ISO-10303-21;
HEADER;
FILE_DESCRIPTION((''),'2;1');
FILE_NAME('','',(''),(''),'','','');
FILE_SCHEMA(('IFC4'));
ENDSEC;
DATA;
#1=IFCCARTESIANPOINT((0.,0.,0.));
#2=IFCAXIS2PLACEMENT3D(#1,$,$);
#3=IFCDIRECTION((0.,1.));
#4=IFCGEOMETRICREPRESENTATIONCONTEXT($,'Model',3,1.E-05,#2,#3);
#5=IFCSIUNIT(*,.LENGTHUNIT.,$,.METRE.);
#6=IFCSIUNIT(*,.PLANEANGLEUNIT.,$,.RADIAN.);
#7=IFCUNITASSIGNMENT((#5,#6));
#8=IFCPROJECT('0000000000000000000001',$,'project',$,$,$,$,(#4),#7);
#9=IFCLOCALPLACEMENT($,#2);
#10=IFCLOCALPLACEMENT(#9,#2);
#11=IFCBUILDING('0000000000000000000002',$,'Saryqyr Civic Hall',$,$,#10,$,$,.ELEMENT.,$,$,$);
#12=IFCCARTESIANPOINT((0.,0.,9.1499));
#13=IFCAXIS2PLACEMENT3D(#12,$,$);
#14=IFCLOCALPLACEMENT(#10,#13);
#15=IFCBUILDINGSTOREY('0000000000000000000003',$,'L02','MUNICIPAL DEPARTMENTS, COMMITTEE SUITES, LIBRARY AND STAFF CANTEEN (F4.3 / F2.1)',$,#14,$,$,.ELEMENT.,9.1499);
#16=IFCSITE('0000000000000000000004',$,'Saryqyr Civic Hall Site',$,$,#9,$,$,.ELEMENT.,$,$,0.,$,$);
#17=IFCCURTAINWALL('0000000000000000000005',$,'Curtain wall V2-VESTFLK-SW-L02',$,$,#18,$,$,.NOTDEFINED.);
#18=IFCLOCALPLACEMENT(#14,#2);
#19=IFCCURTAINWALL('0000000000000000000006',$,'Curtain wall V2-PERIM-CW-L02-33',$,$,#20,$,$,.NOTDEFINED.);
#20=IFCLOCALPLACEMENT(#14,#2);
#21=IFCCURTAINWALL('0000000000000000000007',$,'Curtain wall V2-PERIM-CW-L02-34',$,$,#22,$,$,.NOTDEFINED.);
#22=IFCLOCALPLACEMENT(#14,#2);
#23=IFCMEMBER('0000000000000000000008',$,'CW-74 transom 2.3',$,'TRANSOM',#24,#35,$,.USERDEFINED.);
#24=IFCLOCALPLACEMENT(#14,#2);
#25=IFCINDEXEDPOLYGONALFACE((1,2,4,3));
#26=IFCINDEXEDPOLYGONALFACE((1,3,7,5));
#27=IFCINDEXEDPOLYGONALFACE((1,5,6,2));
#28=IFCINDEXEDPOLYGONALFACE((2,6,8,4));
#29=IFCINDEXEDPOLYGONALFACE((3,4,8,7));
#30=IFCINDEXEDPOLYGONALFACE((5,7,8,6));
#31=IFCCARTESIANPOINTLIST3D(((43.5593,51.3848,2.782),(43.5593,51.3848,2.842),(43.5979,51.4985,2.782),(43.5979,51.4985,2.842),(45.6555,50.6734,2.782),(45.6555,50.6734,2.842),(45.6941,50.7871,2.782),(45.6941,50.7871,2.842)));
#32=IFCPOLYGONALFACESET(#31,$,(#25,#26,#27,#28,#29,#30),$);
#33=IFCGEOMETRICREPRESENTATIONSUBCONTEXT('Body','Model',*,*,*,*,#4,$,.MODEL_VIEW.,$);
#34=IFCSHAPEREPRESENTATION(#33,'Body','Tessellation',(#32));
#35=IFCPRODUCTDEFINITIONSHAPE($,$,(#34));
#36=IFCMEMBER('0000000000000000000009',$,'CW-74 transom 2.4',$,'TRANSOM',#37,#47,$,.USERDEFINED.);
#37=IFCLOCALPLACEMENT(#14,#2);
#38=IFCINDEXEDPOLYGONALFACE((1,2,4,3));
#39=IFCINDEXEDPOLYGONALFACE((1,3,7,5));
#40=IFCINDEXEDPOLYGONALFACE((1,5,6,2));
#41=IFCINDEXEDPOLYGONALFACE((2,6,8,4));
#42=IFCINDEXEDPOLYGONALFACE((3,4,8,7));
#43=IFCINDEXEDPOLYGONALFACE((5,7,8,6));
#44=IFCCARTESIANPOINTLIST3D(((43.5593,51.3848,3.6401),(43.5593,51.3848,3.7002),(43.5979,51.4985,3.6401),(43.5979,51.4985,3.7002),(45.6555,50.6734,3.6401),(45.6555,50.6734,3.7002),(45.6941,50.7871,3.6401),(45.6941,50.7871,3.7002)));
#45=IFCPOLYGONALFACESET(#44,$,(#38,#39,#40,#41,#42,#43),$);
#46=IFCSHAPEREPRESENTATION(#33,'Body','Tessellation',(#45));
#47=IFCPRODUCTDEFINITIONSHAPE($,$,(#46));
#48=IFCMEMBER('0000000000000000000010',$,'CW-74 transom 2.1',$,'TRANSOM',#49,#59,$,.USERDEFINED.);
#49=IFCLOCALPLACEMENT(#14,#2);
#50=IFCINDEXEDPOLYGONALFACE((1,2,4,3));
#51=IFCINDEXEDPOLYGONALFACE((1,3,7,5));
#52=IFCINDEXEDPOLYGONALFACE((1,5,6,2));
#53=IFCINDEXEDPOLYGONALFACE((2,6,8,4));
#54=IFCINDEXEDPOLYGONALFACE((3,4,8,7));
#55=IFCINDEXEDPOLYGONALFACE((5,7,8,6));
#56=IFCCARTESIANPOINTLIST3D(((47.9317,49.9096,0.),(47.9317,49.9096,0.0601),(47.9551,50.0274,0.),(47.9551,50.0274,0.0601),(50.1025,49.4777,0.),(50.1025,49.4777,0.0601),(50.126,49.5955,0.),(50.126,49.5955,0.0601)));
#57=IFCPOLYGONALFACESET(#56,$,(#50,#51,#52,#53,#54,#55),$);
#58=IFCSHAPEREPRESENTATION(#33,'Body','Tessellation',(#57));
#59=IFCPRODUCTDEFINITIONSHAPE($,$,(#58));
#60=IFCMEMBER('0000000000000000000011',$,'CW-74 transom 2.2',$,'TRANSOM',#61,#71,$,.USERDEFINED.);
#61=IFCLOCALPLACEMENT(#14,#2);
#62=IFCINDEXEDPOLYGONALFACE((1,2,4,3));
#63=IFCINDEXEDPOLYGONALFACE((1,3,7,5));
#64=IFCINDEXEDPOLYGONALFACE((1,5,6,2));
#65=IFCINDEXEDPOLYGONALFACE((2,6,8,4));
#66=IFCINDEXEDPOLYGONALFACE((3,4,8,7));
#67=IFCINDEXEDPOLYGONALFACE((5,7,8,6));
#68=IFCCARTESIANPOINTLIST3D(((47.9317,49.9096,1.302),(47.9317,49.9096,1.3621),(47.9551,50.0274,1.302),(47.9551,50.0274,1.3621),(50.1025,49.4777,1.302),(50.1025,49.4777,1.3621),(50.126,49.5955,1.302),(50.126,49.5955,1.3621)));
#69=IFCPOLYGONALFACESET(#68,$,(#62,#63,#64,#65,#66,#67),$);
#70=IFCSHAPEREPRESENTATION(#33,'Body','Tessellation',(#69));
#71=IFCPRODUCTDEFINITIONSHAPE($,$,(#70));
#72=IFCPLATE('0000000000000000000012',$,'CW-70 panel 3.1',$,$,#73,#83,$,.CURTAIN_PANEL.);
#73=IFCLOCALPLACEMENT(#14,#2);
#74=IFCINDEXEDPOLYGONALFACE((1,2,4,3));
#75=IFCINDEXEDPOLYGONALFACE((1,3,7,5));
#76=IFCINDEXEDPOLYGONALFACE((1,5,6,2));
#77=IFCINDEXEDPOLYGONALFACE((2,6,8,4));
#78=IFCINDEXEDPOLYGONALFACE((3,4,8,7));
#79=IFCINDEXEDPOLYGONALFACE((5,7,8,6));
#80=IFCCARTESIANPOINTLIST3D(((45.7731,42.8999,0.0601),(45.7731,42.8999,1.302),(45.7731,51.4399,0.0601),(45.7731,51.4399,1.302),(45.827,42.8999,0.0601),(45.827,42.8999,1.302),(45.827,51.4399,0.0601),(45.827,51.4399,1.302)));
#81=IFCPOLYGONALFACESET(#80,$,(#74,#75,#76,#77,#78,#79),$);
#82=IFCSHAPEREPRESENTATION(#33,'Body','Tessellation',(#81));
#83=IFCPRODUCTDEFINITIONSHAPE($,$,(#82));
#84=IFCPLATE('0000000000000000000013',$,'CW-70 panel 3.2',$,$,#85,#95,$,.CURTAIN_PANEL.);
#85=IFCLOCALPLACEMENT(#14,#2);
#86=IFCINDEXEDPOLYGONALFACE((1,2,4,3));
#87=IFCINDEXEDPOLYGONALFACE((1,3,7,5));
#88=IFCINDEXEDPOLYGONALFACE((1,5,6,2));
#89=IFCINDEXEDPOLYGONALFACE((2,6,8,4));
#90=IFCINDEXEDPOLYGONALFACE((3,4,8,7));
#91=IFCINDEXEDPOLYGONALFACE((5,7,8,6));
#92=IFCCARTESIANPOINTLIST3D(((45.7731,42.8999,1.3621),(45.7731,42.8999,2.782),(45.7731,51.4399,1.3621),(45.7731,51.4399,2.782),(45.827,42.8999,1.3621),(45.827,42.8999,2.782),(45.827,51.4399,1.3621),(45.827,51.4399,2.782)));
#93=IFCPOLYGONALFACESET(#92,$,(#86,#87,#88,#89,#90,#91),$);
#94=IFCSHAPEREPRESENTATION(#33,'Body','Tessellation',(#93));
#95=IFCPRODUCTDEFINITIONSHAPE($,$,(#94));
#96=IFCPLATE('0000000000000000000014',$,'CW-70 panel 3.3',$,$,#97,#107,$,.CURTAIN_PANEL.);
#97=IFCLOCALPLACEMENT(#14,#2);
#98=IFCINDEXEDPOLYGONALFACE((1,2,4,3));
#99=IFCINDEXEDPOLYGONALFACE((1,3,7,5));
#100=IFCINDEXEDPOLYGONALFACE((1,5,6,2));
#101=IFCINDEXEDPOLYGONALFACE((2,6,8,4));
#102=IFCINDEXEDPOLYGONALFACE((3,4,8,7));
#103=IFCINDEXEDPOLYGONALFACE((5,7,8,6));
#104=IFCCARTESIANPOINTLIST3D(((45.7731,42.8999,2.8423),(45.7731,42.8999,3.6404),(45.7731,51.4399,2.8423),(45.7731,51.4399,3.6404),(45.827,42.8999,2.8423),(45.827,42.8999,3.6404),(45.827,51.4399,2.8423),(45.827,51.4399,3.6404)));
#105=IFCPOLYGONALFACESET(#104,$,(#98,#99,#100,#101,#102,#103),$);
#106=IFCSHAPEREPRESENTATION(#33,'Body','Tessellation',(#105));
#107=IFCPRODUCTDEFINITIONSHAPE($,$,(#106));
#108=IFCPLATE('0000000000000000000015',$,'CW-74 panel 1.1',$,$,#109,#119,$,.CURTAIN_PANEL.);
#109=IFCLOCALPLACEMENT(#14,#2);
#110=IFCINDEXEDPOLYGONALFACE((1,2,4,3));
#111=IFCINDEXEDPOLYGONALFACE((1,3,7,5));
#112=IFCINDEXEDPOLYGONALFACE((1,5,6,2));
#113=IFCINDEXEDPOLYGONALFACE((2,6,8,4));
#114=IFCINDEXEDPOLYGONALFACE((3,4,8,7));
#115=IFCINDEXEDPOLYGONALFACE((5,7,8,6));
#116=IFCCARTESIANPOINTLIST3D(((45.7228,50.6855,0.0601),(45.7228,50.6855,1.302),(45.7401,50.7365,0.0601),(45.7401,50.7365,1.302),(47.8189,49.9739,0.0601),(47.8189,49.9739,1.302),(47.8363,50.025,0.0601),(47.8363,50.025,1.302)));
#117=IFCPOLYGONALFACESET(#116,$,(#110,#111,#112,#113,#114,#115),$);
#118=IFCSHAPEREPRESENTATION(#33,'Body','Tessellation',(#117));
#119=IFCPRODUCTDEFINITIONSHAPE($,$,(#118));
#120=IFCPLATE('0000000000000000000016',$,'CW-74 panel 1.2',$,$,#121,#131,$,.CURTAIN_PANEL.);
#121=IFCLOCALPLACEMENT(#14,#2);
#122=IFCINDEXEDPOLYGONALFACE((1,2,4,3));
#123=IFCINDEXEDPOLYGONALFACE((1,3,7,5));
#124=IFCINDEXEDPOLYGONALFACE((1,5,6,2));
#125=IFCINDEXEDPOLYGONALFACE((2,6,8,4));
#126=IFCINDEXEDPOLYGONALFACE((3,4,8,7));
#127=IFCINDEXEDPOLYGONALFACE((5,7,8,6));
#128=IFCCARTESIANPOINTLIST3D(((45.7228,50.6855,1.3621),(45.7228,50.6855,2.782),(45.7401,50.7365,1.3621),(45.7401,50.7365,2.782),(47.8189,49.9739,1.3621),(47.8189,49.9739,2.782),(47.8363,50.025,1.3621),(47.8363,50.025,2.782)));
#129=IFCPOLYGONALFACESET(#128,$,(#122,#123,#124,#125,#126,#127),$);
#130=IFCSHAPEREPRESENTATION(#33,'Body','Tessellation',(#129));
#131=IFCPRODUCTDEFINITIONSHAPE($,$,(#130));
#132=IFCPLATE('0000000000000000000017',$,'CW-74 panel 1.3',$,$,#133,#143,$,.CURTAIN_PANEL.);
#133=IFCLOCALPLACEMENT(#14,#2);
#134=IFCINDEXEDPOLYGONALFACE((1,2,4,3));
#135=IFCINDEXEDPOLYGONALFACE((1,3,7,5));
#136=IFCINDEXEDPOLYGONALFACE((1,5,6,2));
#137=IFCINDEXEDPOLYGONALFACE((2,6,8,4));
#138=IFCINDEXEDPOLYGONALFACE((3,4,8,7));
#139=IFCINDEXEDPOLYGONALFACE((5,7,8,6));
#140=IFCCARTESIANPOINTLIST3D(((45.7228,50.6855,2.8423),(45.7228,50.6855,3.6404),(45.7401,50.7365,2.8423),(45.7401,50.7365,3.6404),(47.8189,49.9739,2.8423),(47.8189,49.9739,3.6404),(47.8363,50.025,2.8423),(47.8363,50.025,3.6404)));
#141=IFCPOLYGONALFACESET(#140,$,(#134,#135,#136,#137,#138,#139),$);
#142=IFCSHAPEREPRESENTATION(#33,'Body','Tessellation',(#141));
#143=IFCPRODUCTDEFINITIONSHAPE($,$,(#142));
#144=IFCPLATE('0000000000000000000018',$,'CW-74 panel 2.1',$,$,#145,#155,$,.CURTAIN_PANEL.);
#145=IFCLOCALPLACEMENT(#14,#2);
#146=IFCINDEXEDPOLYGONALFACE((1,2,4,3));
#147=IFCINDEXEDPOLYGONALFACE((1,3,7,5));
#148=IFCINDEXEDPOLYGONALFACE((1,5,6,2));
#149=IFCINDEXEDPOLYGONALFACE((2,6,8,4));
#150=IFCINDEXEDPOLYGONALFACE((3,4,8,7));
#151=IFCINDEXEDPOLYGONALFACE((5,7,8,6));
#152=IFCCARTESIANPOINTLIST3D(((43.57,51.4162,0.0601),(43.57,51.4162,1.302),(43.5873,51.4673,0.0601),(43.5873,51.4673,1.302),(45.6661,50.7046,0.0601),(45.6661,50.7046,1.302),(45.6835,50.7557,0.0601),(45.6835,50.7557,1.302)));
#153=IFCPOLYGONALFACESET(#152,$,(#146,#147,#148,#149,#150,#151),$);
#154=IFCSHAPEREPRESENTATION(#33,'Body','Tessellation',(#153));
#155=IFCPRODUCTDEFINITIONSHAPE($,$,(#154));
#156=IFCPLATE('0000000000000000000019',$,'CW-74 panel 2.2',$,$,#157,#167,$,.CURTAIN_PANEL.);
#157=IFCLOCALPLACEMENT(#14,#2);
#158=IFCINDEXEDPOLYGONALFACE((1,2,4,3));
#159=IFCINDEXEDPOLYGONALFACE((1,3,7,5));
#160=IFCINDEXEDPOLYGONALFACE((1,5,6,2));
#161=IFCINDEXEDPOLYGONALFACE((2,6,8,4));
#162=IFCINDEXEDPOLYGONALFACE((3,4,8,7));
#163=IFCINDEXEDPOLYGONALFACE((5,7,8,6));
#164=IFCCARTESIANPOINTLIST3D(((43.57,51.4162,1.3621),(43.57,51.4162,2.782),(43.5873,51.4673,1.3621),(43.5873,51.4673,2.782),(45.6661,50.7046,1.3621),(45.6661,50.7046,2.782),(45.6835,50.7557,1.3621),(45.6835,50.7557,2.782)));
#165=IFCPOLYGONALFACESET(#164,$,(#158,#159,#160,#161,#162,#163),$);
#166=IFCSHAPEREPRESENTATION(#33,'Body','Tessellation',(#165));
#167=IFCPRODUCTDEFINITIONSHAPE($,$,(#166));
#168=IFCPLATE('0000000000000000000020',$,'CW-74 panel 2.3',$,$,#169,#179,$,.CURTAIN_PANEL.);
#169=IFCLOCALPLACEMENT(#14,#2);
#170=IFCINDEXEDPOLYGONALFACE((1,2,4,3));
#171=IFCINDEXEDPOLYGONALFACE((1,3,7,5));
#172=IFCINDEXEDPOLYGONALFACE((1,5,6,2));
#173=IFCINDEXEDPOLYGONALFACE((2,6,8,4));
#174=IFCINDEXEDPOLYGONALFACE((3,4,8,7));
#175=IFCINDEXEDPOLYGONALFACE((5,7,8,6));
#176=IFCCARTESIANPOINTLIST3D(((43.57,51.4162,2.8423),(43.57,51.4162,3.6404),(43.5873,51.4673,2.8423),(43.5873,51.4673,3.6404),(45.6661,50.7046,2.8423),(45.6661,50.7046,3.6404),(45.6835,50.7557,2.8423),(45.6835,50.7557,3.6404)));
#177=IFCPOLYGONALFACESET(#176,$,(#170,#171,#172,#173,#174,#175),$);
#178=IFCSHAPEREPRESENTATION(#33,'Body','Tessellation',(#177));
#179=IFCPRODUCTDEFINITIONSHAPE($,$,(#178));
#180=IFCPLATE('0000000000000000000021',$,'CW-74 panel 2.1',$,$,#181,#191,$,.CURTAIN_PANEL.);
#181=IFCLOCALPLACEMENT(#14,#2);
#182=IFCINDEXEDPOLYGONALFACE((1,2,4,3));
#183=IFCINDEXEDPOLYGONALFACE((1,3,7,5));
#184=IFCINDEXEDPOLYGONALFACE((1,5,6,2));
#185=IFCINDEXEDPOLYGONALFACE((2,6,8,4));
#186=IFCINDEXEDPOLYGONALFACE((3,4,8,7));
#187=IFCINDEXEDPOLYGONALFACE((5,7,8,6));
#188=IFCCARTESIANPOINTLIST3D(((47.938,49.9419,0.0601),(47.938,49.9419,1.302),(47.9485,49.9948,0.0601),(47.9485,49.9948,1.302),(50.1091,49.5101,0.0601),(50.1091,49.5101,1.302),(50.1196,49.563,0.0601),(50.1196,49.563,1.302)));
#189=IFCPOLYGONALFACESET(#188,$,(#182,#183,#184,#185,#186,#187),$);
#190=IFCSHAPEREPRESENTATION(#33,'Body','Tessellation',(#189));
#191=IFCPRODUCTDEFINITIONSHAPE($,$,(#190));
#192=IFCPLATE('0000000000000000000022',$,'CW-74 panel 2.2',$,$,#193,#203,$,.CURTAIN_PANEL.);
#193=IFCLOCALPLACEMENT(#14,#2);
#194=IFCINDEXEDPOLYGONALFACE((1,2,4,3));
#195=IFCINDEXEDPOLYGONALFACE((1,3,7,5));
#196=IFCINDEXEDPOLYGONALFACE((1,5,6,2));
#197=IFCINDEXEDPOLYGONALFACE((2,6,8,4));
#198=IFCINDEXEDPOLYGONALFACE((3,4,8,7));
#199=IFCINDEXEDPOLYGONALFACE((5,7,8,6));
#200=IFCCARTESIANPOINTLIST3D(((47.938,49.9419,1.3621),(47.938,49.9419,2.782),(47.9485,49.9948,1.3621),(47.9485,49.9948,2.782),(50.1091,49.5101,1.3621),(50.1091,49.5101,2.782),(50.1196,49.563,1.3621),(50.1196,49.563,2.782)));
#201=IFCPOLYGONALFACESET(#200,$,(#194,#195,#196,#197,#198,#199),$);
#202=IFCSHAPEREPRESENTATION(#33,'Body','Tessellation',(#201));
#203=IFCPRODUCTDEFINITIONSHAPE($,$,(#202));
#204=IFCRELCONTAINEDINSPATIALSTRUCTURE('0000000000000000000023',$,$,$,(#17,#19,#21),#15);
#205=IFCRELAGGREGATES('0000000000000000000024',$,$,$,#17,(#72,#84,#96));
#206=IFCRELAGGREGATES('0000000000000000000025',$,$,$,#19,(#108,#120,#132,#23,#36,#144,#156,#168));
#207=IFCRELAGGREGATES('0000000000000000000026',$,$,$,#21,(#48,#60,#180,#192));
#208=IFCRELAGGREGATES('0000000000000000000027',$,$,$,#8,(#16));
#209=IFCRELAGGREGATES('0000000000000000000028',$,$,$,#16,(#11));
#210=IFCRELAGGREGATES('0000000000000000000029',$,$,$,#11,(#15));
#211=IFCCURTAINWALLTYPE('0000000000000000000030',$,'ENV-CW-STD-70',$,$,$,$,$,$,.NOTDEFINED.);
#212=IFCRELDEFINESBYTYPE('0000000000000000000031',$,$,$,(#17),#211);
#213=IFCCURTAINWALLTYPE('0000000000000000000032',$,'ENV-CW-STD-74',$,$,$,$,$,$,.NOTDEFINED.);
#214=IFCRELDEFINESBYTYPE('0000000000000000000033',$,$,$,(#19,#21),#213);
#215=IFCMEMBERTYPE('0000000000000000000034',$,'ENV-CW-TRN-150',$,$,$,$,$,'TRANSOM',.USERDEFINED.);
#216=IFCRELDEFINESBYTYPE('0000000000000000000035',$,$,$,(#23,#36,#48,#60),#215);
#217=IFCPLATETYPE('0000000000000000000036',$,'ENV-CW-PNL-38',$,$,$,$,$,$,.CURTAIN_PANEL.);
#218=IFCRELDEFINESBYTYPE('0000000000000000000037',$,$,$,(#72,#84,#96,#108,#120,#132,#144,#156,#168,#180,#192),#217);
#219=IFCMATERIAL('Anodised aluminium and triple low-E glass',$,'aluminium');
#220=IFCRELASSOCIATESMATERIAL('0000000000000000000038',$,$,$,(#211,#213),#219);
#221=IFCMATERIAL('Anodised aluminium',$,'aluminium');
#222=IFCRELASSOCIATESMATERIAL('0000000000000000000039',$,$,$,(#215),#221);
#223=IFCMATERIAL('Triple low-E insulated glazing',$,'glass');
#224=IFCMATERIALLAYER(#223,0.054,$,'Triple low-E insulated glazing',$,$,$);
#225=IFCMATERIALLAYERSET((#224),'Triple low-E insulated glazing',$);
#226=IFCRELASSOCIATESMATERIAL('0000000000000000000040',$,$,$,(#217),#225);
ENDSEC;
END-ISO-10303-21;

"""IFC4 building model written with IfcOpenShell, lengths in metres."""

from ifc_helpers import new_model, si_unit, direction, frame, origin, origin_2d, place, context, subcontext, project, spatial, rectangle, extrude, material, layer, layer_set, material_profile, profile_set, type_object, element, aggregate, save


model = new_model("IFC4")

# Units and contexts
model_context = context("Model", 3, precision=1e-05, world=origin(), true_north=direction((0.0, 1.0)))
body_context = subcontext(model_context, "Body", "Model", "MODEL_VIEW")
ifc_project = project(units=[si_unit("LENGTHUNIT", "METRE"), si_unit("PLANEANGLEUNIT", "RADIAN")], contexts=[model_context])

# Site, building, storey
site_placement = place(None, origin())
site = spatial("IfcSite", under=ifc_project, at=site_placement, Name="Saryqyr Civic Hall Site", CompositionType="ELEMENT", RefElevation=0.0)
building_placement = place(site_placement, origin())
building = spatial("IfcBuilding", under=site, at=building_placement, Name="Saryqyr Civic Hall", CompositionType="ELEMENT")
storey_placement = place(building_placement, frame((0.0, 0.0, 9.1499)))
storey = spatial("IfcBuildingStorey", under=building, at=storey_placement, Name="L02", Description="MUNICIPAL DEPARTMENTS, COMMITTEE SUITES, LIBRARY AND STAFF CANTEEN (F4.3 / F2.1)", CompositionType="ELEMENT", Elevation=9.1499)

# Curtain wall
ifc_material_1 = material(Name="Anodised aluminium and triple low-E glass", Category="aluminium")
curtain_wall_type_1 = type_object("IfcCurtainWallType", Name="ENV-CW-STD-70", PredefinedType="NOTDEFINED", material=ifc_material_1)
curtain_wall_1_placement = place(storey_placement, origin())
curtain_wall_1 = element("IfcCurtainWall", 1, at=curtain_wall_1_placement, inside=storey, type_object=curtain_wall_type_1, Name="Curtain wall V2-VESTFLK-SW-L02", PredefinedType="NOTDEFINED")
ifc_material_2 = material(Name="Anodised aluminium", Category="aluminium")
curtain_wall_type_2 = type_object("IfcCurtainWallType", Name="ENV-CW-STD-74", PredefinedType="NOTDEFINED", material=ifc_material_1)

# Curtain wall
curtain_wall_2_placement = place(storey_placement, origin())
curtain_wall_2 = element("IfcCurtainWall", 2, at=curtain_wall_2_placement, inside=storey, type_object=curtain_wall_type_2, Name="Curtain wall V2-PERIM-CW-L02-33", PredefinedType="NOTDEFINED")

# Curtain wall
curtain_wall_3_placement = place(storey_placement, origin())
curtain_wall_3 = element("IfcCurtainWall", 3, at=curtain_wall_3_placement, inside=storey, type_object=curtain_wall_type_2, Name="Curtain wall V2-PERIM-CW-L02-34", PredefinedType="NOTDEFINED")

# Members
ifc_material_profile_1 = material_profile(ifc_material_2, rectangle(XDim=0.1201, YDim=0.0601, at=origin_2d()), Name="ALU TRANSOM 120x60")
ifc_profile_set_1 = profile_set([ifc_material_profile_1], Name="Anodised aluminium")
member_type_1 = type_object("IfcMemberType", Name="ENV-CW-TRN-150", ElementType="TRANSOM", PredefinedType="USERDEFINED", material=ifc_profile_set_1)
member_1_placement = place(storey_placement, frame((45.6748, 50.7302, 2.812), z_axis=(-0.946949, 0.321385, 0.0), x_axis=(-0.321385, -0.946949, 0.0)))
member_1 = element("IfcMember", 4, at=member_1_placement, type_object=member_type_1, Name="CW-74 transom 2.3", ObjectType="TRANSOM", PredefinedType="USERDEFINED", context=body_context, shape_type="SweptSolid", body=[
    extrude(rectangle(XDim=0.1201, YDim=0.0601, at=origin_2d()), origin(), (0.0, 0.0, 1.0), 2.2136),
])
member_2_placement = place(storey_placement, frame((45.6748, 50.7302, 3.6702), z_axis=(-0.946949, 0.321385, 0.0), x_axis=(-0.321385, -0.946949, 0.0)))
member_2 = element("IfcMember", 5, at=member_2_placement, type_object=member_type_1, Name="CW-74 transom 2.4", ObjectType="TRANSOM", PredefinedType="USERDEFINED", context=body_context, shape_type="SweptSolid", body=[
    extrude(rectangle(XDim=0.1201, YDim=0.0601, at=origin_2d()), origin(), (0.0, 0.0, 1.0), 2.2136),
])
member_3_placement = place(storey_placement, frame((50.1143, 49.5366, 0.03), z_axis=(-0.98078, 0.195119, 0.0), x_axis=(-0.195119, -0.98078, 0.0)))
member_3 = element("IfcMember", 6, at=member_3_placement, type_object=member_type_1, Name="CW-74 transom 2.1", ObjectType="TRANSOM", PredefinedType="USERDEFINED", context=body_context, shape_type="SweptSolid", body=[
    extrude(rectangle(XDim=0.1201, YDim=0.0601, at=origin_2d()), origin(), (0.0, 0.0, 1.0), 2.2134),
])
member_4_placement = place(storey_placement, frame((50.1143, 49.5366, 1.332), z_axis=(-0.98078, 0.195119, 0.0), x_axis=(-0.195119, -0.98078, 0.0)))
member_4 = element("IfcMember", 7, at=member_4_placement, type_object=member_type_1, Name="CW-74 transom 2.2", ObjectType="TRANSOM", PredefinedType="USERDEFINED", context=body_context, shape_type="SweptSolid", body=[
    extrude(rectangle(XDim=0.1201, YDim=0.0601, at=origin_2d()), origin(), (0.0, 0.0, 1.0), 2.2134),
])

# Plates
ifc_material_3 = material(Name="Triple low-E insulated glazing", Category="glass")
ifc_layer_1 = layer(ifc_material_3, 0.054, Name="Triple low-E insulated glazing")
ifc_layer_set_1 = layer_set([ifc_layer_1], Name="Triple low-E insulated glazing")
plate_type = type_object("IfcPlateType", Name="ENV-CW-PNL-38", PredefinedType="CURTAIN_PANEL", material=ifc_layer_set_1)
plate_1_placement = place(storey_placement, frame((45.8, 47.1699, 0.0601), z_axis=(0.0, 0.0, 1.0), x_axis=(0.0, 1.0, 0.0)))
plate_1 = element("IfcPlate", 8, at=plate_1_placement, type_object=plate_type, Name="CW-70 panel 3.1", PredefinedType="CURTAIN_PANEL", context=body_context, shape_type="SweptSolid", body=[
    extrude(rectangle(XDim=8.54, YDim=0.054, at=origin_2d()), origin(), (0.0, 0.0, 1.0), 1.2419),
])
plate_2_placement = place(storey_placement, frame((45.8, 47.1699, 1.3621), z_axis=(0.0, 0.0, 1.0), x_axis=(0.0, 1.0, 0.0)))
plate_2 = element("IfcPlate", 9, at=plate_2_placement, type_object=plate_type, Name="CW-70 panel 3.2", PredefinedType="CURTAIN_PANEL", context=body_context, shape_type="SweptSolid", body=[
    extrude(rectangle(XDim=8.54, YDim=0.054, at=origin_2d()), origin(), (0.0, 0.0, 1.0), 1.4199),
])
plate_3_placement = place(storey_placement, frame((45.8, 47.1699, 2.8423), z_axis=(0.0, 0.0, 1.0), x_axis=(0.0, 1.0, 0.0)))
plate_3 = element("IfcPlate", 10, at=plate_3_placement, type_object=plate_type, Name="CW-70 panel 3.3", PredefinedType="CURTAIN_PANEL", context=body_context, shape_type="SweptSolid", body=[
    extrude(rectangle(XDim=8.54, YDim=0.054, at=origin_2d()), origin(), (0.0, 0.0, 1.0), 0.7981),
])
aggregate(curtain_wall_1, [plate_1, plate_2, plate_3])
plate_4_placement = place(storey_placement, frame((46.7795, 50.3552, 0.0601), z_axis=(0.0, 0.0, 1.0), x_axis=(-0.946928, 0.321445, 0.0)))
plate_4 = element("IfcPlate", 11, at=plate_4_placement, type_object=plate_type, Name="CW-74 panel 1.1", PredefinedType="CURTAIN_PANEL", context=body_context, shape_type="SweptSolid", body=[
    extrude(rectangle(XDim=2.2136, YDim=0.054, at=origin_2d()), origin(), (0.0, 0.0, 1.0), 1.2419),
])
plate_5_placement = place(storey_placement, frame((46.7795, 50.3552, 1.3621), z_axis=(0.0, 0.0, 1.0), x_axis=(-0.946928, 0.321445, 0.0)))
plate_5 = element("IfcPlate", 12, at=plate_5_placement, type_object=plate_type, Name="CW-74 panel 1.2", PredefinedType="CURTAIN_PANEL", context=body_context, shape_type="SweptSolid", body=[
    extrude(rectangle(XDim=2.2136, YDim=0.054, at=origin_2d()), origin(), (0.0, 0.0, 1.0), 1.4199),
])
plate_6_placement = place(storey_placement, frame((46.7795, 50.3552, 2.8423), z_axis=(0.0, 0.0, 1.0), x_axis=(-0.946928, 0.321445, 0.0)))
plate_6 = element("IfcPlate", 13, at=plate_6_placement, type_object=plate_type, Name="CW-74 panel 1.3", PredefinedType="CURTAIN_PANEL", context=body_context, shape_type="SweptSolid", body=[
    extrude(rectangle(XDim=2.2136, YDim=0.054, at=origin_2d()), origin(), (0.0, 0.0, 1.0), 0.7981),
])
plate_7_placement = place(storey_placement, frame((44.6267, 51.0859, 0.0601), z_axis=(0.0, 0.0, 1.0), x_axis=(-0.946928, 0.321445, 0.0)))
plate_7 = element("IfcPlate", 14, at=plate_7_placement, type_object=plate_type, Name="CW-74 panel 2.1", PredefinedType="CURTAIN_PANEL", context=body_context, shape_type="SweptSolid", body=[
    extrude(rectangle(XDim=2.2136, YDim=0.054, at=origin_2d()), origin(), (0.0, 0.0, 1.0), 1.2419),
])
plate_8_placement = place(storey_placement, frame((44.6267, 51.0859, 1.3621), z_axis=(0.0, 0.0, 1.0), x_axis=(-0.946928, 0.321445, 0.0)))
plate_8 = element("IfcPlate", 15, at=plate_8_placement, type_object=plate_type, Name="CW-74 panel 2.2", PredefinedType="CURTAIN_PANEL", context=body_context, shape_type="SweptSolid", body=[
    extrude(rectangle(XDim=2.2136, YDim=0.054, at=origin_2d()), origin(), (0.0, 0.0, 1.0), 1.4199),
])
plate_9_placement = place(storey_placement, frame((44.6267, 51.0859, 2.8423), z_axis=(0.0, 0.0, 1.0), x_axis=(-0.946928, 0.321445, 0.0)))
plate_9 = element("IfcPlate", 16, at=plate_9_placement, type_object=plate_type, Name="CW-74 panel 2.3", PredefinedType="CURTAIN_PANEL", context=body_context, shape_type="SweptSolid", body=[
    extrude(rectangle(XDim=2.2136, YDim=0.054, at=origin_2d()), origin(), (0.0, 0.0, 1.0), 0.7981),
])
aggregate(curtain_wall_2, [plate_4, plate_5, plate_6, member_1, member_2, plate_7, plate_8, plate_9])
plate_10_placement = place(storey_placement, frame((49.0288, 49.7524, 0.0601), z_axis=(0.0, 0.0, 1.0), x_axis=(-0.980785, 0.195093, 0.0)))
plate_10 = element("IfcPlate", 17, at=plate_10_placement, type_object=plate_type, Name="CW-74 panel 2.1", PredefinedType="CURTAIN_PANEL", context=body_context, shape_type="SweptSolid", body=[
    extrude(rectangle(XDim=2.2136, YDim=0.054, at=origin_2d()), origin(), (0.0, 0.0, 1.0), 1.2419),
])
plate_11_placement = place(storey_placement, frame((49.0288, 49.7524, 1.3621), z_axis=(0.0, 0.0, 1.0), x_axis=(-0.980785, 0.195093, 0.0)))
plate_11 = element("IfcPlate", 18, at=plate_11_placement, type_object=plate_type, Name="CW-74 panel 2.2", PredefinedType="CURTAIN_PANEL", context=body_context, shape_type="SweptSolid", body=[
    extrude(rectangle(XDim=2.2136, YDim=0.054, at=origin_2d()), origin(), (0.0, 0.0, 1.0), 1.4199),
])
aggregate(curtain_wall_3, [member_3, member_4, plate_10, plate_11])

save(model, "model.ifc")
